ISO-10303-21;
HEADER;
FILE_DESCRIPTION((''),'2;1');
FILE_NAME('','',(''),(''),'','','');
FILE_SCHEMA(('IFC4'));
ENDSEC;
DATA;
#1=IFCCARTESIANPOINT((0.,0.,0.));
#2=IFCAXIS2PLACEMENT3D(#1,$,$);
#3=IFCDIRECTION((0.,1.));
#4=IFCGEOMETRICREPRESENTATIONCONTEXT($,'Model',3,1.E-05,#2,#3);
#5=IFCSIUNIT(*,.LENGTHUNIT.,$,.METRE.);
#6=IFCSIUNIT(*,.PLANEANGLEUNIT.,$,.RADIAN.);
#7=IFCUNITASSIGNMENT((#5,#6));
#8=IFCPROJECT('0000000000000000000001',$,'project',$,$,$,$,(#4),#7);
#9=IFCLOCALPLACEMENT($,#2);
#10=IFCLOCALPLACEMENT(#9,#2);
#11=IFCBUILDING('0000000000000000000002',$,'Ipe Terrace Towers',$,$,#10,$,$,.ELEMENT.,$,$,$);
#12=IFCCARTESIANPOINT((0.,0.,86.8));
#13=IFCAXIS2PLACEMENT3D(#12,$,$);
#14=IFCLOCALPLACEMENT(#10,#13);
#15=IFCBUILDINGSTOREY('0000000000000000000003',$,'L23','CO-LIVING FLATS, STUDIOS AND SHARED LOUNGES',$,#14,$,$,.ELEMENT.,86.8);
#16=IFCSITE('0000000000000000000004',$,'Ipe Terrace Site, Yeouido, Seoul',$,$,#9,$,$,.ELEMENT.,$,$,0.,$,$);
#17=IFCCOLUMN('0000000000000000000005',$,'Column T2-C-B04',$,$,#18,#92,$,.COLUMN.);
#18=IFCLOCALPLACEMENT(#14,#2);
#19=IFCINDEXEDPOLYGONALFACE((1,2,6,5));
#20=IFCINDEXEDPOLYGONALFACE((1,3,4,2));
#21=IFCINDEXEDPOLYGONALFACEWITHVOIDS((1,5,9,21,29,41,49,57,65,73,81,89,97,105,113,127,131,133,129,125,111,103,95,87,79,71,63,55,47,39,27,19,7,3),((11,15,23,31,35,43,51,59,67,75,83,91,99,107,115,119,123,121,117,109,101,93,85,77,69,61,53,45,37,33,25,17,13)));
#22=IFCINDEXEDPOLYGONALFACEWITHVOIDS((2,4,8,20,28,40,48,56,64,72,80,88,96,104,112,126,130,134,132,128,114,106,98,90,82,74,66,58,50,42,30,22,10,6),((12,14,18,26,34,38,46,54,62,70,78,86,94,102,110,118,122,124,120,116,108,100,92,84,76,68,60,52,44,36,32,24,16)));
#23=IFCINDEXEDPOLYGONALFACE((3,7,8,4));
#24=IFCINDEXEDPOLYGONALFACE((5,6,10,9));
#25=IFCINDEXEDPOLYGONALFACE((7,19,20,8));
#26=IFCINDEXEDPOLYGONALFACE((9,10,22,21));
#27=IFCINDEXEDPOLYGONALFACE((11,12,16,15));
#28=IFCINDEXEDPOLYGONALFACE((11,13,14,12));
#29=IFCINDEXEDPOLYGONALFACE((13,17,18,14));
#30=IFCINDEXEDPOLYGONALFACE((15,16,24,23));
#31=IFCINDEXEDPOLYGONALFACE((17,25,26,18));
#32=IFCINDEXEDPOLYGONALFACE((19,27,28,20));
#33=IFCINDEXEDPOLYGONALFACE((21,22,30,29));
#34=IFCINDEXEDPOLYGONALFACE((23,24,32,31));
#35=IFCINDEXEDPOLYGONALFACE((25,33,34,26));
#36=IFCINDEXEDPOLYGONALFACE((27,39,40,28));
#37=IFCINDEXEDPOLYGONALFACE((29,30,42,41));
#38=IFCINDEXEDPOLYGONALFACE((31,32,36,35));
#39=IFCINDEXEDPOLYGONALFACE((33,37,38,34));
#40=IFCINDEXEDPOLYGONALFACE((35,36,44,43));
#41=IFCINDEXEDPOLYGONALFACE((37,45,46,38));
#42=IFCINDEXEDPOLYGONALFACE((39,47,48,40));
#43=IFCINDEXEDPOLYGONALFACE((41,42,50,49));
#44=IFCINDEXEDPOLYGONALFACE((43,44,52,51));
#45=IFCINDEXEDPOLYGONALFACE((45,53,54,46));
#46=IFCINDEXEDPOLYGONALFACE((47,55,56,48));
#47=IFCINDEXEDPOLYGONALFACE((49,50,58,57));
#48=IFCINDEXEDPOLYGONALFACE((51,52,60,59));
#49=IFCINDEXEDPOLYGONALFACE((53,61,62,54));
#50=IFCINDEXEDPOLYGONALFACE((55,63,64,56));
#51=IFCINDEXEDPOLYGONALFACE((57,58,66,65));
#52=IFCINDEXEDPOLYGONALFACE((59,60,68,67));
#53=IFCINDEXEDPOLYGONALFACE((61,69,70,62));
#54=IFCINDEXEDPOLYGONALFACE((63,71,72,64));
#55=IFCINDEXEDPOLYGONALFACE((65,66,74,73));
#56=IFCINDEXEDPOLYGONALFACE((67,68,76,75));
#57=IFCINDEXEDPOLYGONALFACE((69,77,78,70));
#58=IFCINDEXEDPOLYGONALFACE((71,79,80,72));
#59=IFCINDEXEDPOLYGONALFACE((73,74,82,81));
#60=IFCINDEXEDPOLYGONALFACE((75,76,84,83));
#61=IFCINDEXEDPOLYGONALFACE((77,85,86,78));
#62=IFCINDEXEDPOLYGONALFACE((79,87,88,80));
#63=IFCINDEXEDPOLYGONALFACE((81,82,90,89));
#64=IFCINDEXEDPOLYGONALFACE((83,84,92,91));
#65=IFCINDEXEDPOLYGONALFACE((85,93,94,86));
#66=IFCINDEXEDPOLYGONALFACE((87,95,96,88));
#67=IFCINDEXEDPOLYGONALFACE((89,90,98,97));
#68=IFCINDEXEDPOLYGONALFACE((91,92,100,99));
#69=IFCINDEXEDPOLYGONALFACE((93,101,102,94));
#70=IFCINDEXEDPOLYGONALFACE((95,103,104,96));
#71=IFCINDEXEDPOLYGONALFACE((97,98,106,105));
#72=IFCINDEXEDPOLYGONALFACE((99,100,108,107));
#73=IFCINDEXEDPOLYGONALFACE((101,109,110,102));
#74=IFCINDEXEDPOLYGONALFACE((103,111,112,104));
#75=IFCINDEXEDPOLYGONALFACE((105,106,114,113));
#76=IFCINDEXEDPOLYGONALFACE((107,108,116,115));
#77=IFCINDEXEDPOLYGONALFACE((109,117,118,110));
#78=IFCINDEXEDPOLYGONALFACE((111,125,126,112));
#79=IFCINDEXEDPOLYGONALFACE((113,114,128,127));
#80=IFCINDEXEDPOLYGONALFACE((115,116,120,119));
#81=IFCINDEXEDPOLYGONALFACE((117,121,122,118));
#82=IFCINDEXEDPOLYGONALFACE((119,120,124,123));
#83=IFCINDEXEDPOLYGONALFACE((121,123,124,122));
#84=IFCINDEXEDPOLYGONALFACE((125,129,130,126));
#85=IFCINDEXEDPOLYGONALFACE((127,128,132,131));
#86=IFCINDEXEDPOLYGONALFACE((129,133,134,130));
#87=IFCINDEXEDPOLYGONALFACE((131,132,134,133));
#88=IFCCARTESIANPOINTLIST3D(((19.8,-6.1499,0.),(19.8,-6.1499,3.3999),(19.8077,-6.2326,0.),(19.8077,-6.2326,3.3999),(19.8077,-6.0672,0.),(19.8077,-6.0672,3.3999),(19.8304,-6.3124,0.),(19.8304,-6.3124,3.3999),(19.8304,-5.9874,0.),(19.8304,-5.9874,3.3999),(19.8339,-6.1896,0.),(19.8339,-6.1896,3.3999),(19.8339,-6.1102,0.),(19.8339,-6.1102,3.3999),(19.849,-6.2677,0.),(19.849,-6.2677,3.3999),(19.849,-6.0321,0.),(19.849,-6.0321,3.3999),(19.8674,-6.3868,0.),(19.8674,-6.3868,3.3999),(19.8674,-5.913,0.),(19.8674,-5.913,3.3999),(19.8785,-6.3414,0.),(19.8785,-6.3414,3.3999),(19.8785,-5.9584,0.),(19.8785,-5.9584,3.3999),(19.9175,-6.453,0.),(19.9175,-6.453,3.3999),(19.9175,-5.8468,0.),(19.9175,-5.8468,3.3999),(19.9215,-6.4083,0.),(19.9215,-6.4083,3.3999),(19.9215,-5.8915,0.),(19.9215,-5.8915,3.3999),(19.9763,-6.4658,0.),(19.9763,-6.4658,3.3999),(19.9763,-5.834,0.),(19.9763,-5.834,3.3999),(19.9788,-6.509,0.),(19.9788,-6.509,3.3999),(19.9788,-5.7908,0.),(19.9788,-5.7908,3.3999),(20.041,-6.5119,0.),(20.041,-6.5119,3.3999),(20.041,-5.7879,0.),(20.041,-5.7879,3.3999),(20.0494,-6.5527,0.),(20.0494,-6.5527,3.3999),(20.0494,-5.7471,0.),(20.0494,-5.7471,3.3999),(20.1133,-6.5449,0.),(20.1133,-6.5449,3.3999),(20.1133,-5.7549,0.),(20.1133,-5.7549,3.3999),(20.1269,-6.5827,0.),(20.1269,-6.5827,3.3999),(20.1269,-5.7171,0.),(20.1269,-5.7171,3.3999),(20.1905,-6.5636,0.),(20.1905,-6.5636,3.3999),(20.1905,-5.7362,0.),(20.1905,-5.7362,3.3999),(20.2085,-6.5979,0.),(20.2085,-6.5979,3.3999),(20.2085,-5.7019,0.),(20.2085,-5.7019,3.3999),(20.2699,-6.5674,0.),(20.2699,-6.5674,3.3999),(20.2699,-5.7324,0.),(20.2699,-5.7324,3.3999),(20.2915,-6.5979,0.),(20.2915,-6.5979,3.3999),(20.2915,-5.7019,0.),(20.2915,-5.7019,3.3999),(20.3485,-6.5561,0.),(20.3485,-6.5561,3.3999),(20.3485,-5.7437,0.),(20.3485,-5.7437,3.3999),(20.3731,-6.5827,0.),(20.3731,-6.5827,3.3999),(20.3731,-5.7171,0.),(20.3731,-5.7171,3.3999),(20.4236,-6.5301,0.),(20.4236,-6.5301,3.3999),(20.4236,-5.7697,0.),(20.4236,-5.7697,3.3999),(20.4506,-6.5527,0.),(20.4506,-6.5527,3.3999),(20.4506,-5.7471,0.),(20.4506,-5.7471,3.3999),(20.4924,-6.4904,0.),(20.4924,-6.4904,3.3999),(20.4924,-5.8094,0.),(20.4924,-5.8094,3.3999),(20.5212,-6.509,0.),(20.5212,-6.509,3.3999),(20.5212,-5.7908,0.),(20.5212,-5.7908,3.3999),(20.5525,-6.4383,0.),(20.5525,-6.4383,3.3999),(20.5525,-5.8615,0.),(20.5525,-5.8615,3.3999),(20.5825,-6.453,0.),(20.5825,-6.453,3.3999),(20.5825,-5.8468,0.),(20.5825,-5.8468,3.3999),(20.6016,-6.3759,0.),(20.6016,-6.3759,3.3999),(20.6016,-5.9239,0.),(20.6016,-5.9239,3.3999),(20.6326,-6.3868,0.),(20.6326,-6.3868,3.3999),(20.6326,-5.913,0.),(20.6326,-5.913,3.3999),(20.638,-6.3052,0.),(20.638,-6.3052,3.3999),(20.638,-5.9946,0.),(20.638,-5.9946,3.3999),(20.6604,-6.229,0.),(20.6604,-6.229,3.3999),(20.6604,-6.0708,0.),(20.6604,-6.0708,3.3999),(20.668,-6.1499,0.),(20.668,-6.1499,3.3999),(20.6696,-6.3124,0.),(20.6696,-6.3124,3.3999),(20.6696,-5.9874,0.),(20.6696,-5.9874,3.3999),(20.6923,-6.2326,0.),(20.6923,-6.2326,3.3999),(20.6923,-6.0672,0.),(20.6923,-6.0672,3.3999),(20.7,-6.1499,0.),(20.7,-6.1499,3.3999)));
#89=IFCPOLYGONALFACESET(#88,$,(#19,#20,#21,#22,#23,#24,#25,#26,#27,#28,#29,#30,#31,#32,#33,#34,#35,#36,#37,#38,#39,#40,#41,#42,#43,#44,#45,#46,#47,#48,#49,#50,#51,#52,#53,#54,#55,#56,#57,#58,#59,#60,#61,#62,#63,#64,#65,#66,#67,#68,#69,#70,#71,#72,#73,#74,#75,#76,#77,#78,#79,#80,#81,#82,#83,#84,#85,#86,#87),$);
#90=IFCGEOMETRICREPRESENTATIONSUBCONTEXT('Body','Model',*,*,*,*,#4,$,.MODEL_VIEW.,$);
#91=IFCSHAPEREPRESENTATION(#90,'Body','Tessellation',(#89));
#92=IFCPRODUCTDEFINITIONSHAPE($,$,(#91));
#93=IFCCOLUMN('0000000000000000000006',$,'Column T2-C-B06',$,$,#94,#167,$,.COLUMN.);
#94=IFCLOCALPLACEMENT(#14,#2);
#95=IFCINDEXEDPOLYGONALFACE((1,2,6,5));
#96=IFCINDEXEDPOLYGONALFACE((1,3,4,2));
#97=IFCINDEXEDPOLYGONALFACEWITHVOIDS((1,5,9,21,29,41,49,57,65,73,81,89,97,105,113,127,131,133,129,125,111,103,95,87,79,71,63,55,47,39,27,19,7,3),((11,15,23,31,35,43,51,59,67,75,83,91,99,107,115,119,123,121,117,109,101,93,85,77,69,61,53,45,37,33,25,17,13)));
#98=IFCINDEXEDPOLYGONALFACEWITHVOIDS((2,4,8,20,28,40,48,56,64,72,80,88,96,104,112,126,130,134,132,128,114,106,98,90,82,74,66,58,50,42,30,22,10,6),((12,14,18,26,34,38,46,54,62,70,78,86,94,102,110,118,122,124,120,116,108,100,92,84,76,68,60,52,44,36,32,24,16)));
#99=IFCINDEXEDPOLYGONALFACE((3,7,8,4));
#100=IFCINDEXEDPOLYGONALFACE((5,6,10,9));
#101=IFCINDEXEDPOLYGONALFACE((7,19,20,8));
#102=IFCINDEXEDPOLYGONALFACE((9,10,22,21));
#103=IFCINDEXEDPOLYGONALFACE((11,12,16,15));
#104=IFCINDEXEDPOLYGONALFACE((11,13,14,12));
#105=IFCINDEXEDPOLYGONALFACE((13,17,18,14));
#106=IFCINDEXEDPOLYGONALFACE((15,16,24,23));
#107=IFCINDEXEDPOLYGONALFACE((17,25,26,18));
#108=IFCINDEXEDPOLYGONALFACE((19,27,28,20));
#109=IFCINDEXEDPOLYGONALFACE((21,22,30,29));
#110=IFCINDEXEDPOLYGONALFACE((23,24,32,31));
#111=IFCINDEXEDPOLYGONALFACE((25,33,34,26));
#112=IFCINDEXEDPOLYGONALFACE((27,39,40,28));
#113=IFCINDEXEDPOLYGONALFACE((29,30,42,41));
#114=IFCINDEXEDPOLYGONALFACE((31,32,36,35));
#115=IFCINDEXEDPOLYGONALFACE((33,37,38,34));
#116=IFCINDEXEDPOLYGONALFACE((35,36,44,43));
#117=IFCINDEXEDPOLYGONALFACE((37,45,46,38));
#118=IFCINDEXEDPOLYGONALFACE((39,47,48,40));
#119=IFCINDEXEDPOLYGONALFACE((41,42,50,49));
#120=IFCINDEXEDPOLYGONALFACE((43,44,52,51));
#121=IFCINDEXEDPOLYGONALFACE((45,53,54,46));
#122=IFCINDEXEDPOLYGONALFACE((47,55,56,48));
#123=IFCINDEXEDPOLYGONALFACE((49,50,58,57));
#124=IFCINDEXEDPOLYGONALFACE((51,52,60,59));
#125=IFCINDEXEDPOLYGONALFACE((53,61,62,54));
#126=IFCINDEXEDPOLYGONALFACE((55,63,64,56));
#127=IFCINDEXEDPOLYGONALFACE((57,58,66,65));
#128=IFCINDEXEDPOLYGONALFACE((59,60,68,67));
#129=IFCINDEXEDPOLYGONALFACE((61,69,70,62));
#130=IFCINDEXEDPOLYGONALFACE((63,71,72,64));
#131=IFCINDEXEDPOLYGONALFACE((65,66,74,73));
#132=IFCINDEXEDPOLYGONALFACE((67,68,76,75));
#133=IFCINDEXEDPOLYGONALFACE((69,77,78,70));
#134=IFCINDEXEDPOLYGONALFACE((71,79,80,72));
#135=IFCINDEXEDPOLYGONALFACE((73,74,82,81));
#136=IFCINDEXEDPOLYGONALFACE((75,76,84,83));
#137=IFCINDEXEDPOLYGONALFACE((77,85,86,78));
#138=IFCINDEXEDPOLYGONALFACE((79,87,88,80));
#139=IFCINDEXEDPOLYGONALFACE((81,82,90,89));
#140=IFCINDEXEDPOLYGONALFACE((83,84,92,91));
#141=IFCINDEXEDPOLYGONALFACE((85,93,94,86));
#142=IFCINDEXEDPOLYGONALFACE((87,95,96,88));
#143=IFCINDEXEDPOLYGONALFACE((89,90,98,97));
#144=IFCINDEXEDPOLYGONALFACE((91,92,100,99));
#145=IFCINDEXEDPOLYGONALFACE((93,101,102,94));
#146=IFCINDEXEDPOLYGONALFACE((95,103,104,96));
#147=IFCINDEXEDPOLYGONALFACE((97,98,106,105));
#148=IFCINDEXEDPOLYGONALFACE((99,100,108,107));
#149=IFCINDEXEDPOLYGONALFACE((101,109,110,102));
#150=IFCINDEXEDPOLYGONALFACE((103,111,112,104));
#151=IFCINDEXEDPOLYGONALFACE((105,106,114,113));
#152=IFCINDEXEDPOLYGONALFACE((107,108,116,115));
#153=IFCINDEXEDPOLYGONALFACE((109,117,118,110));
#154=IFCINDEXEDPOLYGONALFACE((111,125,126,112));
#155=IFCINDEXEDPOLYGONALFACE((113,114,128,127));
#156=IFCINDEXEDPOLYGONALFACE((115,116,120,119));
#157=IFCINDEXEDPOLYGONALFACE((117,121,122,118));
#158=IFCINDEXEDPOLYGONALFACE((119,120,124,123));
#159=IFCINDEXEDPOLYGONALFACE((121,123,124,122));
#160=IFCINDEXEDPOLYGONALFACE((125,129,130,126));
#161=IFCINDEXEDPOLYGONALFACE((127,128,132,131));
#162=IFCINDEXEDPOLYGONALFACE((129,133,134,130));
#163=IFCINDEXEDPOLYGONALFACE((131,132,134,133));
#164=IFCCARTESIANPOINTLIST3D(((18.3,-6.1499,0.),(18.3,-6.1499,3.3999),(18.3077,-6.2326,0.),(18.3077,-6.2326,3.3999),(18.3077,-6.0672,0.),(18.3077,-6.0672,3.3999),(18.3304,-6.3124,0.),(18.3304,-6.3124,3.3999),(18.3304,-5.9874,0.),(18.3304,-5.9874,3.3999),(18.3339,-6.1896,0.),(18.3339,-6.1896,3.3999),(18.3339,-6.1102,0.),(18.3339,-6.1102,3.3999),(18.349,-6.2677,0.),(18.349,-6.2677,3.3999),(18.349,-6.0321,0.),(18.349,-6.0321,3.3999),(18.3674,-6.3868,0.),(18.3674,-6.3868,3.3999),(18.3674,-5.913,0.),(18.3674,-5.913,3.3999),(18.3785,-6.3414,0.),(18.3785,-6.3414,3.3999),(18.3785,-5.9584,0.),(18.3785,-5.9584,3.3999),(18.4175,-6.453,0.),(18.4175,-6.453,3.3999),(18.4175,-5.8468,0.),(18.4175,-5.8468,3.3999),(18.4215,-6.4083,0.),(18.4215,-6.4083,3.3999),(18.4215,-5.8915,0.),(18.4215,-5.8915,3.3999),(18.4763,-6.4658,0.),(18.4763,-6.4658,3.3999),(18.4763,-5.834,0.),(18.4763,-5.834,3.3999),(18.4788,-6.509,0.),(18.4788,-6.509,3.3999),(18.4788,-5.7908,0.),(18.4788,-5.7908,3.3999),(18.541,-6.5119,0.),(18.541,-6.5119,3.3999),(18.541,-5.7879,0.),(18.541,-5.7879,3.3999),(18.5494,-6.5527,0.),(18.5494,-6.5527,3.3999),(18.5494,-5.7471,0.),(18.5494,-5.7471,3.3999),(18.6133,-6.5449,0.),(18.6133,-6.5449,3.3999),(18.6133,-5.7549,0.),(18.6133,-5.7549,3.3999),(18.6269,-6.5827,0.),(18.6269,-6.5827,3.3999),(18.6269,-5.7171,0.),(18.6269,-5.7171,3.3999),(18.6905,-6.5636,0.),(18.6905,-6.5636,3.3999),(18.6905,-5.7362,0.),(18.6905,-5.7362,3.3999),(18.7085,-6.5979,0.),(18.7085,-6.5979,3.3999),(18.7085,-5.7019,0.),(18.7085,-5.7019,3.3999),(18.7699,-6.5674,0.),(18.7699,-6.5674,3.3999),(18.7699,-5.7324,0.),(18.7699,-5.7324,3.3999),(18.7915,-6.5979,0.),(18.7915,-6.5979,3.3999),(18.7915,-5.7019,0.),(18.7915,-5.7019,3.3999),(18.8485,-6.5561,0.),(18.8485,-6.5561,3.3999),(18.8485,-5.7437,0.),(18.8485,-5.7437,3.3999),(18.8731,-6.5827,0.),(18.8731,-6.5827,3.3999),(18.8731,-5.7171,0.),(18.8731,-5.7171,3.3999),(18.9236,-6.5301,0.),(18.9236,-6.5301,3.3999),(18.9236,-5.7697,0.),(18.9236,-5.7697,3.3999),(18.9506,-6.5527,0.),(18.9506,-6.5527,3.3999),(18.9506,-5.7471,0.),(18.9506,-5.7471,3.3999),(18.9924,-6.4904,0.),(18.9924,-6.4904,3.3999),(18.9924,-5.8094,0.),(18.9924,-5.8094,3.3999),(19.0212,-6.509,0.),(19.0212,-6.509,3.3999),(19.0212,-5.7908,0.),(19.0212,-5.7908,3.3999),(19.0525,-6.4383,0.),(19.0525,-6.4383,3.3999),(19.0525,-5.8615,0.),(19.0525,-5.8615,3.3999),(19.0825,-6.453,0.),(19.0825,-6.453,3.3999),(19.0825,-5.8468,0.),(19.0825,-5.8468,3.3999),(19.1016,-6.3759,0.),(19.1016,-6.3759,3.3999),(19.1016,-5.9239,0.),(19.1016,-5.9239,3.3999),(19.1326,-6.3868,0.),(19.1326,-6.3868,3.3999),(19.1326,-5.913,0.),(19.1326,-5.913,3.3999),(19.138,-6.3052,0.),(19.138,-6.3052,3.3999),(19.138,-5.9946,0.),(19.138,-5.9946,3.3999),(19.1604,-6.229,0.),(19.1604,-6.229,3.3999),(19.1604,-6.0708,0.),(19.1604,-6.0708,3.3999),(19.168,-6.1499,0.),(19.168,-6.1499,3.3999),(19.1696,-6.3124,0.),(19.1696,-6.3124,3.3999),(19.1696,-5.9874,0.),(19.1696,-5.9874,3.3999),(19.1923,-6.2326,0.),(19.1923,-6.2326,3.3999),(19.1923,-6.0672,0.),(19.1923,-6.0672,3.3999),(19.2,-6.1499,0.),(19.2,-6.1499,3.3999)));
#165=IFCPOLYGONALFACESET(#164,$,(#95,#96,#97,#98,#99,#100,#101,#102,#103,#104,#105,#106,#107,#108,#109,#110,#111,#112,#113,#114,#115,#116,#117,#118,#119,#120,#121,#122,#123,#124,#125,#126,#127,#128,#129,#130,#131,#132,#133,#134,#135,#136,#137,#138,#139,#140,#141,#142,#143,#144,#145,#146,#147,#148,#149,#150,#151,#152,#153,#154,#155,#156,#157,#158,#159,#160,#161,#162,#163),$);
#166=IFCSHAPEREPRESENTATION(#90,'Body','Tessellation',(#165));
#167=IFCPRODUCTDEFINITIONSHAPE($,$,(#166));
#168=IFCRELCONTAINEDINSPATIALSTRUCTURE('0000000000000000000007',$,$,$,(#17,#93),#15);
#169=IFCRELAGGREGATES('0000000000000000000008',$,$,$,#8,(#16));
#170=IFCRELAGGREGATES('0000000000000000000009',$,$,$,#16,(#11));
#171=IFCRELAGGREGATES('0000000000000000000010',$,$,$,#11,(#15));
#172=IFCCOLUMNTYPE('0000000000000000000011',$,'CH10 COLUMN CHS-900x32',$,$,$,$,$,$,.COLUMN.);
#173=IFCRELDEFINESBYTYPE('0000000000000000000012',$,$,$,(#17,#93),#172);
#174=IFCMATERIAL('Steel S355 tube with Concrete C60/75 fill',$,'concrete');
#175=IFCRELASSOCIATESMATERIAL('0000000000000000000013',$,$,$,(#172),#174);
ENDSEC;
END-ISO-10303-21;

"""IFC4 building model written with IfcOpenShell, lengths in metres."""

from ifc_helpers import new_model, si_unit, direction, frame, origin, origin_2d, place, context, subcontext, project, spatial, hollow_circle, extrude, material, material_profile, profile_set, type_object, element, save


model = new_model("IFC4")

# Units and contexts
model_context = context("Model", 3, precision=1e-05, world=origin(), true_north=direction((0.0, 1.0)))
body_context = subcontext(model_context, "Body", "Model", "MODEL_VIEW")
ifc_project = project(units=[si_unit("LENGTHUNIT", "METRE"), si_unit("PLANEANGLEUNIT", "RADIAN")], contexts=[model_context])

# Site, building, storey
site_placement = place(None, origin())
site = spatial("IfcSite", under=ifc_project, at=site_placement, Name="Ipe Terrace Site, Yeouido, Seoul", CompositionType="ELEMENT", RefElevation=0.0)
building_placement = place(site_placement, origin())
building = spatial("IfcBuilding", under=site, at=building_placement, Name="Ipe Terrace Towers", CompositionType="ELEMENT")
storey_placement = place(building_placement, frame((0.0, 0.0, 86.8)))
storey = spatial("IfcBuildingStorey", under=building, at=storey_placement, Name="L23", Description="CO-LIVING FLATS, STUDIOS AND SHARED LOUNGES", CompositionType="ELEMENT", Elevation=86.8)

# Columns
ifc_material_1 = material(Name="Steel S355 tube with Concrete C60/75 fill", Category="concrete")
ifc_material_profile_1 = material_profile(ifc_material_1, hollow_circle(Radius=0.45, WallThickness=0.032, at=origin_2d()), Name="CHS-900x32")
ifc_profile_set_1 = profile_set([ifc_material_profile_1], Name="Steel S355 tube with Concrete C60/75 fill")
column_type = type_object("IfcColumnType", Name="CH10 COLUMN CHS-900x32", PredefinedType="COLUMN", material=ifc_profile_set_1)
for number, where, z_axis, x_axis, name in (
    (1, (20.25, -6.1499, 0.0), (0.0, 0.0, 1.0), (1.0, 0.0, 0.0), "Column T2-C-B04"),
    (2, (18.75, -6.1499, 0.0), (0.0, 0.0, 1.0), (1.0, 0.0, 0.0), "Column T2-C-B06"),
):
    element("IfcColumn", number, at=place(storey_placement, frame(where, z_axis=z_axis, x_axis=x_axis)), inside=storey, type_object=column_type, Name=name, PredefinedType="COLUMN", context=body_context, shape_type="SweptSolid", body=[
        extrude(hollow_circle(Radius=0.45, WallThickness=0.032, at=origin_2d()), origin(), (0.0, 0.0, 1.0), 3.3999),
    ])

save(model, "model.ifc")
